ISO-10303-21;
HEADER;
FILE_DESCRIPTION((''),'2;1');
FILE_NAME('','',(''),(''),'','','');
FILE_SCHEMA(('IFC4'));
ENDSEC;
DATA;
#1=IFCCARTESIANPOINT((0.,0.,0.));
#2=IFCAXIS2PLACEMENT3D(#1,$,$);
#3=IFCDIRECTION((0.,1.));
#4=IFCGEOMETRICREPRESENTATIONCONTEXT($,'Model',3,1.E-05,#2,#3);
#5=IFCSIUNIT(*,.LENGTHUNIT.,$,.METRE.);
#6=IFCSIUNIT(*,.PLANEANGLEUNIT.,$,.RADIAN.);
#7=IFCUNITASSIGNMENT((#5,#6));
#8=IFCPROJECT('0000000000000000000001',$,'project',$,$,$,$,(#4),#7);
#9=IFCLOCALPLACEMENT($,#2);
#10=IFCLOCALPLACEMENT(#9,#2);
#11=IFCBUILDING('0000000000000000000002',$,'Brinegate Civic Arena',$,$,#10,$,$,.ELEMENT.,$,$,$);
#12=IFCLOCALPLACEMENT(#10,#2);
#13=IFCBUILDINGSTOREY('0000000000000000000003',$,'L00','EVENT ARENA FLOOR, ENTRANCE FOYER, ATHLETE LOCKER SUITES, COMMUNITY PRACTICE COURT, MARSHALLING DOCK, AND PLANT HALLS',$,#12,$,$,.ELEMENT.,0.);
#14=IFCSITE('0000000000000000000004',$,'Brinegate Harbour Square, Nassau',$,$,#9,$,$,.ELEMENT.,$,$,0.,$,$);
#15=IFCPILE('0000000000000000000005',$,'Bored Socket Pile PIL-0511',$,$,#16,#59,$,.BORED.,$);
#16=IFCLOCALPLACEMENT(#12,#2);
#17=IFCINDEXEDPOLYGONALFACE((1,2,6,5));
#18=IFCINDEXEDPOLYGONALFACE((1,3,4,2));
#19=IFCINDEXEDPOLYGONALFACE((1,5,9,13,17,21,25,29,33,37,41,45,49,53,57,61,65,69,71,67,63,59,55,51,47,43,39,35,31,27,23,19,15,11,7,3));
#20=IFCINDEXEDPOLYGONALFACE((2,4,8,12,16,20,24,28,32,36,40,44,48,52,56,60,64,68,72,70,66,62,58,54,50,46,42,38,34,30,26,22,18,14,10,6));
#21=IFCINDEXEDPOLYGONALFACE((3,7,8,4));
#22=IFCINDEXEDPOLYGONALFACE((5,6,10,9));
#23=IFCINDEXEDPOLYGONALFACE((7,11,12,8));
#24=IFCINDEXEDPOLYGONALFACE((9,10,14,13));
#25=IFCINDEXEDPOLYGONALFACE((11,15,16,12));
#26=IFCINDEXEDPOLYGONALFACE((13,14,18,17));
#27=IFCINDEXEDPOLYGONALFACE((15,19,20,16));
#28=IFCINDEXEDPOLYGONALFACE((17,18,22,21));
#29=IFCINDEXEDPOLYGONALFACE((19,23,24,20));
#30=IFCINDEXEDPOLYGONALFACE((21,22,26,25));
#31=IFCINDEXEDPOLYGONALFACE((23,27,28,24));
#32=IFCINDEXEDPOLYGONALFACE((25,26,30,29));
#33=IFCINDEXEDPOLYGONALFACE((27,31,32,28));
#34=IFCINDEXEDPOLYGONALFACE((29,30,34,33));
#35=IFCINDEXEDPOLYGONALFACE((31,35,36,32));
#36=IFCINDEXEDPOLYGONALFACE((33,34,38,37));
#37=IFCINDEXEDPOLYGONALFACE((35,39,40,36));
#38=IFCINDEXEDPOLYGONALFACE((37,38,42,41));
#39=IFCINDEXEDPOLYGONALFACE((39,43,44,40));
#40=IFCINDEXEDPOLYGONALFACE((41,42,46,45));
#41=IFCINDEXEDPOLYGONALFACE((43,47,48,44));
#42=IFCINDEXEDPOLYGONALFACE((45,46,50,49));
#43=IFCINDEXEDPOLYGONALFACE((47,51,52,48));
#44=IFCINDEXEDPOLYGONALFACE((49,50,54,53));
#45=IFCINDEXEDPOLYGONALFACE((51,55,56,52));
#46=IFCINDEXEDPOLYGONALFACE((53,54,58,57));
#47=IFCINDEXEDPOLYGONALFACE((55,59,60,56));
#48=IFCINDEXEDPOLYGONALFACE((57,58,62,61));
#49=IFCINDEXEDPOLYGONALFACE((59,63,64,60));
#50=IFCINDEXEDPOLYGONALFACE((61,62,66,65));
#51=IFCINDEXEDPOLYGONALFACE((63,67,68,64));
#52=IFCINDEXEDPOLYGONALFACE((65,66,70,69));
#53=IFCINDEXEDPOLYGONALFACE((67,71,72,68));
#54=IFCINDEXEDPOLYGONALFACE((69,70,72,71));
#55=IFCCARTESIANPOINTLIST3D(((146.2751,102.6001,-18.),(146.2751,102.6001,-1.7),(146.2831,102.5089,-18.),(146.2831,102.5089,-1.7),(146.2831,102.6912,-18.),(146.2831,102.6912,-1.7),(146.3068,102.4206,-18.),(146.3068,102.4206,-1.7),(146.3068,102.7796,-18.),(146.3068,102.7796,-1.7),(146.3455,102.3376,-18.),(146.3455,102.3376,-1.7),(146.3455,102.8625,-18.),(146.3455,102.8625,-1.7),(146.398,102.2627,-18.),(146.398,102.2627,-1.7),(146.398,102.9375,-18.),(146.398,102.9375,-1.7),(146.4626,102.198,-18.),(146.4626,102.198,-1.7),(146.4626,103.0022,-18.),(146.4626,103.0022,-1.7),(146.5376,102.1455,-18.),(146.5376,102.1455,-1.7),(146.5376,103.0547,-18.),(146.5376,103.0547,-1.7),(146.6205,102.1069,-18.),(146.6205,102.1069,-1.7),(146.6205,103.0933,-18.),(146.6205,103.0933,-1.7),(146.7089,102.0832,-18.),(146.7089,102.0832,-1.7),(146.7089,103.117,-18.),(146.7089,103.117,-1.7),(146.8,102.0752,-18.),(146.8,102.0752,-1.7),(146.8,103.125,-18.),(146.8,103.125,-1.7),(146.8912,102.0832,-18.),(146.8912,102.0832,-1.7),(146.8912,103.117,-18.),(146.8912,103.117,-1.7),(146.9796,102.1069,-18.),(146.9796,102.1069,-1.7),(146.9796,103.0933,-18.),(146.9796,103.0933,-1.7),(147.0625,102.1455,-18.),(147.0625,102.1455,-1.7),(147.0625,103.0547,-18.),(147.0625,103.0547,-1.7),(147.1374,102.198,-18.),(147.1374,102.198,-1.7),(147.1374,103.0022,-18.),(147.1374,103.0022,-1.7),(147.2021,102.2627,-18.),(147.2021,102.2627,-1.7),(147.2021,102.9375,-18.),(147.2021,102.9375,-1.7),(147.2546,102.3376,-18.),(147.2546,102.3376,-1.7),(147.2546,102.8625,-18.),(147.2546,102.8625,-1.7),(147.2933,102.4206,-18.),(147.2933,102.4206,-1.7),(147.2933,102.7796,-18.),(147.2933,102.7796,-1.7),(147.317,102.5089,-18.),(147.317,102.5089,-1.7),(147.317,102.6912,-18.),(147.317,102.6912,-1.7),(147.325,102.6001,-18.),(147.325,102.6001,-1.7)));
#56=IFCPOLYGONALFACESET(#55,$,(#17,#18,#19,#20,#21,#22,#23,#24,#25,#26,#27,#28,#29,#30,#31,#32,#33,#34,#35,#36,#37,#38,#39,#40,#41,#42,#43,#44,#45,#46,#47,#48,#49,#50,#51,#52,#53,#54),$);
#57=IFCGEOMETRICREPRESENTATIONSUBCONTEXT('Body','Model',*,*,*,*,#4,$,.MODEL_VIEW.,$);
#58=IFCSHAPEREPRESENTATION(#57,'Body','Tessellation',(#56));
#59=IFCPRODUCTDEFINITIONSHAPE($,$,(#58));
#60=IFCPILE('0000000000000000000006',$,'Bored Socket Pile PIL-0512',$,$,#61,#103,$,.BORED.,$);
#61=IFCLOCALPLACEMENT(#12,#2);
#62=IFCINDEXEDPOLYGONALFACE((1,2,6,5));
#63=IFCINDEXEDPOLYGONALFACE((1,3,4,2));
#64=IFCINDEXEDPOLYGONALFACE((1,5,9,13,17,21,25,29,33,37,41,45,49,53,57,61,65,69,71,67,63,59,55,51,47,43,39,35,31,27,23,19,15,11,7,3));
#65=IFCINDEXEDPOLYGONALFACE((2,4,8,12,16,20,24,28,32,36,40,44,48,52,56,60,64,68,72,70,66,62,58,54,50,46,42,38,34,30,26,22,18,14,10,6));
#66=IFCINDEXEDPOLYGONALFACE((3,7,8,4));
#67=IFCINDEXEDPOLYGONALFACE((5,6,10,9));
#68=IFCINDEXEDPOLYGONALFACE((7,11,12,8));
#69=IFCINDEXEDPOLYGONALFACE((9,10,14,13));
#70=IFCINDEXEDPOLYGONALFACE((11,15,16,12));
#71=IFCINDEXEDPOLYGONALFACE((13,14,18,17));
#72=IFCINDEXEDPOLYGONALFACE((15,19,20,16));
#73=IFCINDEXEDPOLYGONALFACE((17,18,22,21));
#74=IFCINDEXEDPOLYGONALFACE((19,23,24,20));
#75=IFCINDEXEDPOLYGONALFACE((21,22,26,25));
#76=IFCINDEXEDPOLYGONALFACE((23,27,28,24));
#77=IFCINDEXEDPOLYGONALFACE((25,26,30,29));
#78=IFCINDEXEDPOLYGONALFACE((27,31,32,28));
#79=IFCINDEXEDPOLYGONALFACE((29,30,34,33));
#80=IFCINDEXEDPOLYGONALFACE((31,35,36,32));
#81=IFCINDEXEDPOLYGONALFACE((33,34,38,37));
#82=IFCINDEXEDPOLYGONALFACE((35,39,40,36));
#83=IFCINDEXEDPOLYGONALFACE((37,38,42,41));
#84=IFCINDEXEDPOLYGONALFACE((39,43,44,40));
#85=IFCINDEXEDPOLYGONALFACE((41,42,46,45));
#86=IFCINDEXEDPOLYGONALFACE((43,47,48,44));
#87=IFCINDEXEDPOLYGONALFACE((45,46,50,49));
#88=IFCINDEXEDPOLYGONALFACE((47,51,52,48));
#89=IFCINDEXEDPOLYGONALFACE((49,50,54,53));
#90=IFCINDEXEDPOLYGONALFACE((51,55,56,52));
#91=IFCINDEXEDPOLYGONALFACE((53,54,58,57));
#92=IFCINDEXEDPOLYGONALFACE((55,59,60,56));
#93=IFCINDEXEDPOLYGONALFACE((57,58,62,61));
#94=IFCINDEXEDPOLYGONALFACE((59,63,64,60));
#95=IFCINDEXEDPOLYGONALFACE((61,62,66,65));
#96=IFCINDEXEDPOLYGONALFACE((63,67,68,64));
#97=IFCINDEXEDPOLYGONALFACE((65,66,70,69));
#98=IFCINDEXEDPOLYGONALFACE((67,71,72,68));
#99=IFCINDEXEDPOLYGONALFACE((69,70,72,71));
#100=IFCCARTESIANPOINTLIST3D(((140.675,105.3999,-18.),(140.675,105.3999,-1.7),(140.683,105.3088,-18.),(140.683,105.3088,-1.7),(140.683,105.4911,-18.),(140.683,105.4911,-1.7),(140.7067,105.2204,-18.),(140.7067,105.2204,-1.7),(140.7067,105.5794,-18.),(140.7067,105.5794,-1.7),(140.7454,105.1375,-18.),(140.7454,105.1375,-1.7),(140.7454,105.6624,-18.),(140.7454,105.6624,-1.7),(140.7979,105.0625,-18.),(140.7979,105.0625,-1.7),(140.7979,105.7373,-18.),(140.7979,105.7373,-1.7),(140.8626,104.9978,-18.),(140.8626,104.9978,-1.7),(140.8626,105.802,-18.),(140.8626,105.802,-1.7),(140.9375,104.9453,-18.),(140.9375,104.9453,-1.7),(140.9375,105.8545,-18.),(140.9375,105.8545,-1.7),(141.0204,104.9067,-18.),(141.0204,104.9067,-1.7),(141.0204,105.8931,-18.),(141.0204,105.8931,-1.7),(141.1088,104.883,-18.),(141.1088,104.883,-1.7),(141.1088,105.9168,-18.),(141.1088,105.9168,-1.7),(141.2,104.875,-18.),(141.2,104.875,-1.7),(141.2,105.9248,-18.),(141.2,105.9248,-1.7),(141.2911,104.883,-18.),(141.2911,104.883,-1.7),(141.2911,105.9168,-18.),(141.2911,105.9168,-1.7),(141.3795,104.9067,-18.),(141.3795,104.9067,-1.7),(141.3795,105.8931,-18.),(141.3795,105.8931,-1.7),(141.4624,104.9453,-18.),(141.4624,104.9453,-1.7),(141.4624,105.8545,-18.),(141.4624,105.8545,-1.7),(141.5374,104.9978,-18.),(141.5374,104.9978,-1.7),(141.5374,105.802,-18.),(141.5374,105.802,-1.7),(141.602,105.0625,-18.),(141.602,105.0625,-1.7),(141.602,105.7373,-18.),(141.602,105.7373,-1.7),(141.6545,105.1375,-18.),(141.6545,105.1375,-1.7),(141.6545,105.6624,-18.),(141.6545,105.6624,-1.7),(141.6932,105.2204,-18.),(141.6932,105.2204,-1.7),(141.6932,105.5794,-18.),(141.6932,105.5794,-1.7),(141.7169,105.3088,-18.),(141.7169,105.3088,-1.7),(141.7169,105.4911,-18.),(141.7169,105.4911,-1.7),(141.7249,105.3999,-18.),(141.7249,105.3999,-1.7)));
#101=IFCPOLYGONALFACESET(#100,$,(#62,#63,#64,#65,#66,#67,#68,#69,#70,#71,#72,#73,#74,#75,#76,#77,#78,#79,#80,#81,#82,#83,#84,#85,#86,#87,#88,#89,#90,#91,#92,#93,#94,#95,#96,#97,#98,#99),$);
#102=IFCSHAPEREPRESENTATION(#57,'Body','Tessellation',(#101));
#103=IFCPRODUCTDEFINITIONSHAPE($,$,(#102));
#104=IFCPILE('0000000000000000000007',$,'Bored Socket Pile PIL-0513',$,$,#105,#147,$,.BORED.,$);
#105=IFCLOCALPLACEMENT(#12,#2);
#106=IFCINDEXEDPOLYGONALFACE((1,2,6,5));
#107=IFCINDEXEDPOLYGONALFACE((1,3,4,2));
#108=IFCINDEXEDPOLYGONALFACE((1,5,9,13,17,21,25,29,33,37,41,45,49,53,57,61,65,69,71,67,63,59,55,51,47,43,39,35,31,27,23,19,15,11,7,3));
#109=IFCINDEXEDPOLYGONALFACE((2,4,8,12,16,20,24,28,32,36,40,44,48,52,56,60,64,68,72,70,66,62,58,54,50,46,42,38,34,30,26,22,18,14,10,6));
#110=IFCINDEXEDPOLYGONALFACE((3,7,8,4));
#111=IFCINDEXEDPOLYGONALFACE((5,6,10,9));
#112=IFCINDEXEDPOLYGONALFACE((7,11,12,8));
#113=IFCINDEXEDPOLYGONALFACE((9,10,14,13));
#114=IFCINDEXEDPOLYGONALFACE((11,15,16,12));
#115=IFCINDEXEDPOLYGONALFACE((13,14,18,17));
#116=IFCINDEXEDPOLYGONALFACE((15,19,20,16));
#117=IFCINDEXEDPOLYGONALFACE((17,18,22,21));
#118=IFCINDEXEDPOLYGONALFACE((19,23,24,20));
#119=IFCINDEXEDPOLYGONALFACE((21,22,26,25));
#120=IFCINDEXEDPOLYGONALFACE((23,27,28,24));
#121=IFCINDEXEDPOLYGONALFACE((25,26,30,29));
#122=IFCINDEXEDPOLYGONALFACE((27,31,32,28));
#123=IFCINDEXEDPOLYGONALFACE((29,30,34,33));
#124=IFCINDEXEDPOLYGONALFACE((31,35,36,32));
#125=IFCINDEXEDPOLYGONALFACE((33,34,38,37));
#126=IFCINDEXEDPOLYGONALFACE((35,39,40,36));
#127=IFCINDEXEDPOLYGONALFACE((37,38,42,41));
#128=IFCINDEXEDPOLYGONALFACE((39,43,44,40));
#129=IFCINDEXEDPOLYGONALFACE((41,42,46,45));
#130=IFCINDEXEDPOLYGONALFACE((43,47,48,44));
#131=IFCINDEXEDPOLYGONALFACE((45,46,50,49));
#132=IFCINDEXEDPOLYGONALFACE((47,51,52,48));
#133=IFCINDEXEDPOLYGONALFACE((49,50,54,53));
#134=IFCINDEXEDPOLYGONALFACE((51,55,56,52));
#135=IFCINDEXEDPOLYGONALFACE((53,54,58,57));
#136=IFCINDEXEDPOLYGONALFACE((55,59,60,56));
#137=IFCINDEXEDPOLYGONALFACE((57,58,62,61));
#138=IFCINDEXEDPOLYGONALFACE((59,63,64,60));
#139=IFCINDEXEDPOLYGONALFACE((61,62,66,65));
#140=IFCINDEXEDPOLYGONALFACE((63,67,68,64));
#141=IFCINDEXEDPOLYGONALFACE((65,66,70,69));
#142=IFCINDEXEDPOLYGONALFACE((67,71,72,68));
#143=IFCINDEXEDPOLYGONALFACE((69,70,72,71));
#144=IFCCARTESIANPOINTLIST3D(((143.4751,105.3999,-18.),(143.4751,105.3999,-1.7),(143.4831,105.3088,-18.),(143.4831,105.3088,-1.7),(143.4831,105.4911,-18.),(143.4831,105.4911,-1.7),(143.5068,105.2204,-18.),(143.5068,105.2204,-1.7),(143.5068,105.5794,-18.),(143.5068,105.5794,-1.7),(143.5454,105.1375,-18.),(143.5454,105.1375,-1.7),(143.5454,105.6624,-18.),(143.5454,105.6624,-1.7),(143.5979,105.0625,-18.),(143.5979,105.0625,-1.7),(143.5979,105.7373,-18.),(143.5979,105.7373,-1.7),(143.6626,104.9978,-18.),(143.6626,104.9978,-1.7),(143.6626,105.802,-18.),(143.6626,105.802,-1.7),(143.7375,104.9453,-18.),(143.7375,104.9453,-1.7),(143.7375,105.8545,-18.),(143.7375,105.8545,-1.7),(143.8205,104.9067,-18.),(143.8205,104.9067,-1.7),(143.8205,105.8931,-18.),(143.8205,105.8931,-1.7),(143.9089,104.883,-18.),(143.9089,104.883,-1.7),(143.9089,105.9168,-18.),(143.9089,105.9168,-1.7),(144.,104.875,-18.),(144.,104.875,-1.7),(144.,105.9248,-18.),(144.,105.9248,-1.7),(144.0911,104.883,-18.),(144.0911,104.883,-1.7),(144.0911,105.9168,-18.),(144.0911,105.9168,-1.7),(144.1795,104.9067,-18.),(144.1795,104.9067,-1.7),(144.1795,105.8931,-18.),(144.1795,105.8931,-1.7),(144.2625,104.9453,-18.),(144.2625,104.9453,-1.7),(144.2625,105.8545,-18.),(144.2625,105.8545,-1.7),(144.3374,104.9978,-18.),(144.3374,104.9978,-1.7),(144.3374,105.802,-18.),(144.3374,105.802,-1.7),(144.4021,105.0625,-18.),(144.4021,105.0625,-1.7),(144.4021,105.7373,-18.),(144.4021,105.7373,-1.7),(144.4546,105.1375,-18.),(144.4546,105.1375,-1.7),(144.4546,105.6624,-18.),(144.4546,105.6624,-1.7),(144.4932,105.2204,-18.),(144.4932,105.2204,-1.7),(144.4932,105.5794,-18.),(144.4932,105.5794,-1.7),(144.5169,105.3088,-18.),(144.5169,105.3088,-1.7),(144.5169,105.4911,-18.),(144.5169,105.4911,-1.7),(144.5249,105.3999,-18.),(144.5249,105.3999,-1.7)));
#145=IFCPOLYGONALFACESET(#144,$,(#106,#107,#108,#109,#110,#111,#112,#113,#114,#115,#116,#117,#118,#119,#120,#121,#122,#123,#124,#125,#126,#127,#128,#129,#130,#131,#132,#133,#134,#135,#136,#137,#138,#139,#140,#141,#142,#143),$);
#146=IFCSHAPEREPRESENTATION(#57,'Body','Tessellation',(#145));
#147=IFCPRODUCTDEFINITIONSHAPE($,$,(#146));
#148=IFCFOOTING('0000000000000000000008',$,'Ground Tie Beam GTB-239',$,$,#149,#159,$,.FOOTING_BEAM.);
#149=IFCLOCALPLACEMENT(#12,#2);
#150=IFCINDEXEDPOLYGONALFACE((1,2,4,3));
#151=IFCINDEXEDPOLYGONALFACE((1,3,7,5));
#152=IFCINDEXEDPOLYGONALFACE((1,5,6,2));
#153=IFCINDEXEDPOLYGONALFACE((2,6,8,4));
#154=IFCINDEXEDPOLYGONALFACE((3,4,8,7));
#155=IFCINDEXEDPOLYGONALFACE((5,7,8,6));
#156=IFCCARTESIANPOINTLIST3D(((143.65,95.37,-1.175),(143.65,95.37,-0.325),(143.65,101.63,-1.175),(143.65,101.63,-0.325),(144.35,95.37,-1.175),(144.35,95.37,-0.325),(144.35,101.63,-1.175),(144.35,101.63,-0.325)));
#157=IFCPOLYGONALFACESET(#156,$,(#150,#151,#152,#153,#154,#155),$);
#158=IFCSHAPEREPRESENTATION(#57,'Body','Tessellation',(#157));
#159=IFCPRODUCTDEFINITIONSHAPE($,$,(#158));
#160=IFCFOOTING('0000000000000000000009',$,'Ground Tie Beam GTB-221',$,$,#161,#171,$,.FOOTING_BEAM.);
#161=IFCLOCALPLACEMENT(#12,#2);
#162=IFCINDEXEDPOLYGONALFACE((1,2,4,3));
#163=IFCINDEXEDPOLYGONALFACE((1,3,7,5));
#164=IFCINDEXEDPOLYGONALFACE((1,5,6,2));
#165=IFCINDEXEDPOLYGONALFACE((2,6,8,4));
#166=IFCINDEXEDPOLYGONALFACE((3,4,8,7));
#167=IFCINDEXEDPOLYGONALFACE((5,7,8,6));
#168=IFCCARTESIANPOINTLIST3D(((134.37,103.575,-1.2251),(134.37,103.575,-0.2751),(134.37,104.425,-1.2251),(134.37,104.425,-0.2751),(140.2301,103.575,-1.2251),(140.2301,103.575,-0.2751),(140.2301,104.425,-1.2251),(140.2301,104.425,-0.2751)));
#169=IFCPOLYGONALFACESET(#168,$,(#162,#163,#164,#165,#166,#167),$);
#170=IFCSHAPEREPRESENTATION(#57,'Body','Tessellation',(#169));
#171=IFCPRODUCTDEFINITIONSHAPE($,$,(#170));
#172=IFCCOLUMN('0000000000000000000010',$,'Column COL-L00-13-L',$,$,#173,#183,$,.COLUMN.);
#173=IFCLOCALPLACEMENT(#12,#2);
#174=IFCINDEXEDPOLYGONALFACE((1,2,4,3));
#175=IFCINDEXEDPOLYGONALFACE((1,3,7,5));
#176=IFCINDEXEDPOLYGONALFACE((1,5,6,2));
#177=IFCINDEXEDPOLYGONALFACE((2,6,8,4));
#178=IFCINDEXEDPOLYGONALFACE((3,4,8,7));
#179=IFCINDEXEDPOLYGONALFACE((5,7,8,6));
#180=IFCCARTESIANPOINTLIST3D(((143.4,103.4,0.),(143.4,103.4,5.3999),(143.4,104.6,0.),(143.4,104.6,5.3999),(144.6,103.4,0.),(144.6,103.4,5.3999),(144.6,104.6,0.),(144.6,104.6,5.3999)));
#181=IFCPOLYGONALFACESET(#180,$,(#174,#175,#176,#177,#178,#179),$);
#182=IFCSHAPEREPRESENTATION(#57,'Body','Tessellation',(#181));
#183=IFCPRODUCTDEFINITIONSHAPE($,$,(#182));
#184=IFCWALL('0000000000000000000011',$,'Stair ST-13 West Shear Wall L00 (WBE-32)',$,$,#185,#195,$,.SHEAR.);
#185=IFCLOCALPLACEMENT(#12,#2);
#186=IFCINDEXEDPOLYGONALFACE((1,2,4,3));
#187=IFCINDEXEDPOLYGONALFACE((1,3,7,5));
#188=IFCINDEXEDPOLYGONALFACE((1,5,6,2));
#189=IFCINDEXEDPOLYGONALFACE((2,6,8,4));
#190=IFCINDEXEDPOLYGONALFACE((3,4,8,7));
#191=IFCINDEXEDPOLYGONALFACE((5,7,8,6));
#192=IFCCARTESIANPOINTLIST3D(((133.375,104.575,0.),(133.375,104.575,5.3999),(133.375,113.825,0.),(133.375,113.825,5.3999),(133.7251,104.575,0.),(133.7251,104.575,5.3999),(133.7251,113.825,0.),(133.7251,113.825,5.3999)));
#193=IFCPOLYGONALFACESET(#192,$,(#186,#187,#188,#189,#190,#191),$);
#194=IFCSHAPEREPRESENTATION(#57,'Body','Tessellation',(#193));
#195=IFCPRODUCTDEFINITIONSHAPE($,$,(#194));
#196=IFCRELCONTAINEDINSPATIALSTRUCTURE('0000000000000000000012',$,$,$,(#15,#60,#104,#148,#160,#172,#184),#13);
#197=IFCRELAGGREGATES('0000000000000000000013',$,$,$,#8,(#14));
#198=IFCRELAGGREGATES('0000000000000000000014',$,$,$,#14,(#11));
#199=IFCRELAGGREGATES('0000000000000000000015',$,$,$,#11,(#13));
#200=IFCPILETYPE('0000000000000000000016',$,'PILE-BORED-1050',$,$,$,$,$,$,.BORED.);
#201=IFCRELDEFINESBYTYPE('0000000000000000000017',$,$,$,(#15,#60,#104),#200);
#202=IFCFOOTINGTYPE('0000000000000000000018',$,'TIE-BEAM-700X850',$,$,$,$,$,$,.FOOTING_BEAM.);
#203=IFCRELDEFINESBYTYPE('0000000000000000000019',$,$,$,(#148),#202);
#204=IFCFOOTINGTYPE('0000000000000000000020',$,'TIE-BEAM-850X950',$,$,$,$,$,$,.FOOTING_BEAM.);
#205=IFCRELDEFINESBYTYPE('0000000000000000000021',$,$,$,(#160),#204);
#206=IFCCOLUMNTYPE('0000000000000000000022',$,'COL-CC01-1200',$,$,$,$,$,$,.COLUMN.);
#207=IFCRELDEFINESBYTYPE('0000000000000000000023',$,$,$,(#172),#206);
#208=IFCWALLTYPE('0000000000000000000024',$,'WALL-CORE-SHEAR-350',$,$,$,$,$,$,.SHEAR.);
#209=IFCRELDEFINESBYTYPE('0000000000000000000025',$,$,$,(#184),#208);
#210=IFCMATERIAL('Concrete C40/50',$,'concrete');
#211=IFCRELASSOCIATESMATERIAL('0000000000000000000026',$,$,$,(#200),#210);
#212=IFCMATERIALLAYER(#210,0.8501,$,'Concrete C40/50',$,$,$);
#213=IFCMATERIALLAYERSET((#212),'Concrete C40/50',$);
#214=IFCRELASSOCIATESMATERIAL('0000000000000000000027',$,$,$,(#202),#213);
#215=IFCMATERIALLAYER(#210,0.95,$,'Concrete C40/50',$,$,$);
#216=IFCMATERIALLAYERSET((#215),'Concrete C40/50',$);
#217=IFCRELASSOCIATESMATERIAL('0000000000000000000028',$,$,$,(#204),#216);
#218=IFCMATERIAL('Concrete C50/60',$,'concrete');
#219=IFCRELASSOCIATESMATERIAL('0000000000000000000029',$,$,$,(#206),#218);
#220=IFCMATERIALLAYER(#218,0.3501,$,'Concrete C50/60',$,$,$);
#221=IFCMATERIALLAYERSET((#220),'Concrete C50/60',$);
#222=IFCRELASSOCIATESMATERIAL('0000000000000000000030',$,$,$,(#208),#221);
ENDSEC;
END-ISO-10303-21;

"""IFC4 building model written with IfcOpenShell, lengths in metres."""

from ifc_helpers import new_model, si_unit, direction, frame, frame_2d, origin, origin_2d, place, context, subcontext, project, spatial, rectangle, circle, extrude, material, layer, layer_set, material_profile, profile_set, type_object, element, save


model = new_model("IFC4")

# Units and contexts
model_context = context("Model", 3, precision=1e-05, world=origin(), true_north=direction((0.0, 1.0)))
body_context = subcontext(model_context, "Body", "Model", "MODEL_VIEW")
ifc_project = project(units=[si_unit("LENGTHUNIT", "METRE"), si_unit("PLANEANGLEUNIT", "RADIAN")], contexts=[model_context])

# Site, building, storey
site_placement = place(None, origin())
site = spatial("IfcSite", under=ifc_project, at=site_placement, Name="Brinegate Harbour Square, Nassau", CompositionType="ELEMENT", RefElevation=0.0)
building_placement = place(site_placement, origin())
building = spatial("IfcBuilding", under=site, at=building_placement, Name="Brinegate Civic Arena", CompositionType="ELEMENT")
storey_placement = place(building_placement, origin())
storey = spatial("IfcBuildingStorey", under=building, at=storey_placement, Name="L00", Description="EVENT ARENA FLOOR, ENTRANCE FOYER, ATHLETE LOCKER SUITES, COMMUNITY PRACTICE COURT, MARSHALLING DOCK, AND PLANT HALLS", CompositionType="ELEMENT", Elevation=0.0)

# Shared definitions
ifc_material_1 = material(Name="Concrete C40/50", Category="concrete")

# Piles
ifc_material_profile_1 = material_profile(ifc_material_1, circle(Radius=0.5249, at=origin_2d()), Name="PILED1050")
ifc_profile_set_1 = profile_set([ifc_material_profile_1], Name="Concrete C40/50")
pile_type = type_object("IfcPileType", Name="PILE-BORED-1050", PredefinedType="BORED", material=ifc_profile_set_1)
for number, where, z_axis, x_axis, name in (
    (1, (146.8, 102.6001, -1.7), (0.0, 0.0, -1.0), (1.0, 0.0, 0.0), "Bored Socket Pile PIL-0511"),
    (2, (141.2, 105.3999, -1.7), (0.0, 0.0, -1.0), (1.0, 0.0, 0.0), "Bored Socket Pile PIL-0512"),
    (3, (144.0, 105.3999, -1.7), (0.0, 0.0, -1.0), (1.0, 0.0, 0.0), "Bored Socket Pile PIL-0513"),
):
    element("IfcPile", number, at=place(storey_placement, frame(where, z_axis=z_axis, x_axis=x_axis)), inside=storey, type_object=pile_type, Name=name, PredefinedType="BORED", context=body_context, shape_type="SweptSolid", body=[
        extrude(circle(Radius=0.5249, at=origin_2d()), origin(), (0.0, 0.0, 1.0), 16.3),
    ])

# Footings
ifc_layer_1 = layer(ifc_material_1, 0.8501, Name="Concrete C40/50")
ifc_layer_set_1 = layer_set([ifc_layer_1], Name="Concrete C40/50")
footing_type_1 = type_object("IfcFootingType", Name="TIE-BEAM-700X850", PredefinedType="FOOTING_BEAM", material=ifc_layer_set_1)
footing_1_placement = place(storey_placement, frame((144.0, 98.5, -1.175), z_axis=(0.0, 0.0, 1.0), x_axis=(0.0, 1.0, 0.0)))
element("IfcFooting", 4, at=footing_1_placement, inside=storey, type_object=footing_type_1, Name="Ground Tie Beam GTB-239", PredefinedType="FOOTING_BEAM", context=body_context, shape_type="SweptSolid", body=[
    extrude(rectangle(XDim=6.26, YDim=0.7, at=origin_2d()), origin(), (0.0, 0.0, 1.0), 0.8501),
])
ifc_layer_2 = layer(ifc_material_1, 0.95, Name="Concrete C40/50")
ifc_layer_set_2 = layer_set([ifc_layer_2], Name="Concrete C40/50")
footing_type_2 = type_object("IfcFootingType", Name="TIE-BEAM-850X950", PredefinedType="FOOTING_BEAM", material=ifc_layer_set_2)
footing_2_placement = place(storey_placement, frame((137.3, 104.0, -1.2251), z_axis=(0.0, 0.0, 1.0), x_axis=(1.0, 0.0, 0.0)))
element("IfcFooting", 5, at=footing_2_placement, inside=storey, type_object=footing_type_2, Name="Ground Tie Beam GTB-221", PredefinedType="FOOTING_BEAM", context=body_context, shape_type="SweptSolid", body=[
    extrude(rectangle(XDim=5.8601, YDim=0.8501, at=origin_2d()), origin(), (0.0, 0.0, 1.0), 0.95),
])

# Column
ifc_material_2 = material(Name="Concrete C50/60", Category="concrete")
ifc_material_profile_2 = material_profile(ifc_material_2, rectangle(XDim=1.2, YDim=1.2, at=origin_2d()), Name="RC1200X1200")
ifc_profile_set_2 = profile_set([ifc_material_profile_2], Name="Concrete C50/60")
column_type = type_object("IfcColumnType", Name="COL-CC01-1200", PredefinedType="COLUMN", material=ifc_profile_set_2)
column_placement = place(storey_placement, frame((144.0, 104.0, 0.0), z_axis=(0.0, 0.0, 1.0), x_axis=(1.0, 0.0, 0.0)))
element("IfcColumn", 6, at=column_placement, inside=storey, type_object=column_type, Name="Column COL-L00-13-L", PredefinedType="COLUMN", context=body_context, shape_type="SweptSolid", body=[
    extrude(rectangle(XDim=1.2, YDim=1.2, at=origin_2d()), origin(), (0.0, 0.0, 1.0), 5.3999),
])

# Wall
ifc_layer_3 = layer(ifc_material_2, 0.3501, Name="Concrete C50/60")
ifc_layer_set_3 = layer_set([ifc_layer_3], Name="Concrete C50/60")
wall_type_1 = type_object("IfcWallType", Name="WALL-CORE-SHEAR-350", PredefinedType="SHEAR", material=ifc_layer_set_3)
for number, where, z_axis, x_axis, name in (
    (7, (133.55, 104.575, 0.0), (0.0, 0.0, 1.0), (0.0, 1.0, 0.0), "Stair ST-13 West Shear Wall L00 (WBE-32)"),
):
    element("IfcWall", number, at=place(storey_placement, frame(where, z_axis=z_axis, x_axis=x_axis)), inside=storey, type_object=wall_type_1, Name=name, PredefinedType="SHEAR", context=body_context, shape_type="SweptSolid", body=[
        extrude(rectangle(XDim=9.25, YDim=0.3501, at=frame_2d((4.625, 0.0))), origin(), (0.0, 0.0, 1.0), 5.3999),
    ])

save(model, "model.ifc")
